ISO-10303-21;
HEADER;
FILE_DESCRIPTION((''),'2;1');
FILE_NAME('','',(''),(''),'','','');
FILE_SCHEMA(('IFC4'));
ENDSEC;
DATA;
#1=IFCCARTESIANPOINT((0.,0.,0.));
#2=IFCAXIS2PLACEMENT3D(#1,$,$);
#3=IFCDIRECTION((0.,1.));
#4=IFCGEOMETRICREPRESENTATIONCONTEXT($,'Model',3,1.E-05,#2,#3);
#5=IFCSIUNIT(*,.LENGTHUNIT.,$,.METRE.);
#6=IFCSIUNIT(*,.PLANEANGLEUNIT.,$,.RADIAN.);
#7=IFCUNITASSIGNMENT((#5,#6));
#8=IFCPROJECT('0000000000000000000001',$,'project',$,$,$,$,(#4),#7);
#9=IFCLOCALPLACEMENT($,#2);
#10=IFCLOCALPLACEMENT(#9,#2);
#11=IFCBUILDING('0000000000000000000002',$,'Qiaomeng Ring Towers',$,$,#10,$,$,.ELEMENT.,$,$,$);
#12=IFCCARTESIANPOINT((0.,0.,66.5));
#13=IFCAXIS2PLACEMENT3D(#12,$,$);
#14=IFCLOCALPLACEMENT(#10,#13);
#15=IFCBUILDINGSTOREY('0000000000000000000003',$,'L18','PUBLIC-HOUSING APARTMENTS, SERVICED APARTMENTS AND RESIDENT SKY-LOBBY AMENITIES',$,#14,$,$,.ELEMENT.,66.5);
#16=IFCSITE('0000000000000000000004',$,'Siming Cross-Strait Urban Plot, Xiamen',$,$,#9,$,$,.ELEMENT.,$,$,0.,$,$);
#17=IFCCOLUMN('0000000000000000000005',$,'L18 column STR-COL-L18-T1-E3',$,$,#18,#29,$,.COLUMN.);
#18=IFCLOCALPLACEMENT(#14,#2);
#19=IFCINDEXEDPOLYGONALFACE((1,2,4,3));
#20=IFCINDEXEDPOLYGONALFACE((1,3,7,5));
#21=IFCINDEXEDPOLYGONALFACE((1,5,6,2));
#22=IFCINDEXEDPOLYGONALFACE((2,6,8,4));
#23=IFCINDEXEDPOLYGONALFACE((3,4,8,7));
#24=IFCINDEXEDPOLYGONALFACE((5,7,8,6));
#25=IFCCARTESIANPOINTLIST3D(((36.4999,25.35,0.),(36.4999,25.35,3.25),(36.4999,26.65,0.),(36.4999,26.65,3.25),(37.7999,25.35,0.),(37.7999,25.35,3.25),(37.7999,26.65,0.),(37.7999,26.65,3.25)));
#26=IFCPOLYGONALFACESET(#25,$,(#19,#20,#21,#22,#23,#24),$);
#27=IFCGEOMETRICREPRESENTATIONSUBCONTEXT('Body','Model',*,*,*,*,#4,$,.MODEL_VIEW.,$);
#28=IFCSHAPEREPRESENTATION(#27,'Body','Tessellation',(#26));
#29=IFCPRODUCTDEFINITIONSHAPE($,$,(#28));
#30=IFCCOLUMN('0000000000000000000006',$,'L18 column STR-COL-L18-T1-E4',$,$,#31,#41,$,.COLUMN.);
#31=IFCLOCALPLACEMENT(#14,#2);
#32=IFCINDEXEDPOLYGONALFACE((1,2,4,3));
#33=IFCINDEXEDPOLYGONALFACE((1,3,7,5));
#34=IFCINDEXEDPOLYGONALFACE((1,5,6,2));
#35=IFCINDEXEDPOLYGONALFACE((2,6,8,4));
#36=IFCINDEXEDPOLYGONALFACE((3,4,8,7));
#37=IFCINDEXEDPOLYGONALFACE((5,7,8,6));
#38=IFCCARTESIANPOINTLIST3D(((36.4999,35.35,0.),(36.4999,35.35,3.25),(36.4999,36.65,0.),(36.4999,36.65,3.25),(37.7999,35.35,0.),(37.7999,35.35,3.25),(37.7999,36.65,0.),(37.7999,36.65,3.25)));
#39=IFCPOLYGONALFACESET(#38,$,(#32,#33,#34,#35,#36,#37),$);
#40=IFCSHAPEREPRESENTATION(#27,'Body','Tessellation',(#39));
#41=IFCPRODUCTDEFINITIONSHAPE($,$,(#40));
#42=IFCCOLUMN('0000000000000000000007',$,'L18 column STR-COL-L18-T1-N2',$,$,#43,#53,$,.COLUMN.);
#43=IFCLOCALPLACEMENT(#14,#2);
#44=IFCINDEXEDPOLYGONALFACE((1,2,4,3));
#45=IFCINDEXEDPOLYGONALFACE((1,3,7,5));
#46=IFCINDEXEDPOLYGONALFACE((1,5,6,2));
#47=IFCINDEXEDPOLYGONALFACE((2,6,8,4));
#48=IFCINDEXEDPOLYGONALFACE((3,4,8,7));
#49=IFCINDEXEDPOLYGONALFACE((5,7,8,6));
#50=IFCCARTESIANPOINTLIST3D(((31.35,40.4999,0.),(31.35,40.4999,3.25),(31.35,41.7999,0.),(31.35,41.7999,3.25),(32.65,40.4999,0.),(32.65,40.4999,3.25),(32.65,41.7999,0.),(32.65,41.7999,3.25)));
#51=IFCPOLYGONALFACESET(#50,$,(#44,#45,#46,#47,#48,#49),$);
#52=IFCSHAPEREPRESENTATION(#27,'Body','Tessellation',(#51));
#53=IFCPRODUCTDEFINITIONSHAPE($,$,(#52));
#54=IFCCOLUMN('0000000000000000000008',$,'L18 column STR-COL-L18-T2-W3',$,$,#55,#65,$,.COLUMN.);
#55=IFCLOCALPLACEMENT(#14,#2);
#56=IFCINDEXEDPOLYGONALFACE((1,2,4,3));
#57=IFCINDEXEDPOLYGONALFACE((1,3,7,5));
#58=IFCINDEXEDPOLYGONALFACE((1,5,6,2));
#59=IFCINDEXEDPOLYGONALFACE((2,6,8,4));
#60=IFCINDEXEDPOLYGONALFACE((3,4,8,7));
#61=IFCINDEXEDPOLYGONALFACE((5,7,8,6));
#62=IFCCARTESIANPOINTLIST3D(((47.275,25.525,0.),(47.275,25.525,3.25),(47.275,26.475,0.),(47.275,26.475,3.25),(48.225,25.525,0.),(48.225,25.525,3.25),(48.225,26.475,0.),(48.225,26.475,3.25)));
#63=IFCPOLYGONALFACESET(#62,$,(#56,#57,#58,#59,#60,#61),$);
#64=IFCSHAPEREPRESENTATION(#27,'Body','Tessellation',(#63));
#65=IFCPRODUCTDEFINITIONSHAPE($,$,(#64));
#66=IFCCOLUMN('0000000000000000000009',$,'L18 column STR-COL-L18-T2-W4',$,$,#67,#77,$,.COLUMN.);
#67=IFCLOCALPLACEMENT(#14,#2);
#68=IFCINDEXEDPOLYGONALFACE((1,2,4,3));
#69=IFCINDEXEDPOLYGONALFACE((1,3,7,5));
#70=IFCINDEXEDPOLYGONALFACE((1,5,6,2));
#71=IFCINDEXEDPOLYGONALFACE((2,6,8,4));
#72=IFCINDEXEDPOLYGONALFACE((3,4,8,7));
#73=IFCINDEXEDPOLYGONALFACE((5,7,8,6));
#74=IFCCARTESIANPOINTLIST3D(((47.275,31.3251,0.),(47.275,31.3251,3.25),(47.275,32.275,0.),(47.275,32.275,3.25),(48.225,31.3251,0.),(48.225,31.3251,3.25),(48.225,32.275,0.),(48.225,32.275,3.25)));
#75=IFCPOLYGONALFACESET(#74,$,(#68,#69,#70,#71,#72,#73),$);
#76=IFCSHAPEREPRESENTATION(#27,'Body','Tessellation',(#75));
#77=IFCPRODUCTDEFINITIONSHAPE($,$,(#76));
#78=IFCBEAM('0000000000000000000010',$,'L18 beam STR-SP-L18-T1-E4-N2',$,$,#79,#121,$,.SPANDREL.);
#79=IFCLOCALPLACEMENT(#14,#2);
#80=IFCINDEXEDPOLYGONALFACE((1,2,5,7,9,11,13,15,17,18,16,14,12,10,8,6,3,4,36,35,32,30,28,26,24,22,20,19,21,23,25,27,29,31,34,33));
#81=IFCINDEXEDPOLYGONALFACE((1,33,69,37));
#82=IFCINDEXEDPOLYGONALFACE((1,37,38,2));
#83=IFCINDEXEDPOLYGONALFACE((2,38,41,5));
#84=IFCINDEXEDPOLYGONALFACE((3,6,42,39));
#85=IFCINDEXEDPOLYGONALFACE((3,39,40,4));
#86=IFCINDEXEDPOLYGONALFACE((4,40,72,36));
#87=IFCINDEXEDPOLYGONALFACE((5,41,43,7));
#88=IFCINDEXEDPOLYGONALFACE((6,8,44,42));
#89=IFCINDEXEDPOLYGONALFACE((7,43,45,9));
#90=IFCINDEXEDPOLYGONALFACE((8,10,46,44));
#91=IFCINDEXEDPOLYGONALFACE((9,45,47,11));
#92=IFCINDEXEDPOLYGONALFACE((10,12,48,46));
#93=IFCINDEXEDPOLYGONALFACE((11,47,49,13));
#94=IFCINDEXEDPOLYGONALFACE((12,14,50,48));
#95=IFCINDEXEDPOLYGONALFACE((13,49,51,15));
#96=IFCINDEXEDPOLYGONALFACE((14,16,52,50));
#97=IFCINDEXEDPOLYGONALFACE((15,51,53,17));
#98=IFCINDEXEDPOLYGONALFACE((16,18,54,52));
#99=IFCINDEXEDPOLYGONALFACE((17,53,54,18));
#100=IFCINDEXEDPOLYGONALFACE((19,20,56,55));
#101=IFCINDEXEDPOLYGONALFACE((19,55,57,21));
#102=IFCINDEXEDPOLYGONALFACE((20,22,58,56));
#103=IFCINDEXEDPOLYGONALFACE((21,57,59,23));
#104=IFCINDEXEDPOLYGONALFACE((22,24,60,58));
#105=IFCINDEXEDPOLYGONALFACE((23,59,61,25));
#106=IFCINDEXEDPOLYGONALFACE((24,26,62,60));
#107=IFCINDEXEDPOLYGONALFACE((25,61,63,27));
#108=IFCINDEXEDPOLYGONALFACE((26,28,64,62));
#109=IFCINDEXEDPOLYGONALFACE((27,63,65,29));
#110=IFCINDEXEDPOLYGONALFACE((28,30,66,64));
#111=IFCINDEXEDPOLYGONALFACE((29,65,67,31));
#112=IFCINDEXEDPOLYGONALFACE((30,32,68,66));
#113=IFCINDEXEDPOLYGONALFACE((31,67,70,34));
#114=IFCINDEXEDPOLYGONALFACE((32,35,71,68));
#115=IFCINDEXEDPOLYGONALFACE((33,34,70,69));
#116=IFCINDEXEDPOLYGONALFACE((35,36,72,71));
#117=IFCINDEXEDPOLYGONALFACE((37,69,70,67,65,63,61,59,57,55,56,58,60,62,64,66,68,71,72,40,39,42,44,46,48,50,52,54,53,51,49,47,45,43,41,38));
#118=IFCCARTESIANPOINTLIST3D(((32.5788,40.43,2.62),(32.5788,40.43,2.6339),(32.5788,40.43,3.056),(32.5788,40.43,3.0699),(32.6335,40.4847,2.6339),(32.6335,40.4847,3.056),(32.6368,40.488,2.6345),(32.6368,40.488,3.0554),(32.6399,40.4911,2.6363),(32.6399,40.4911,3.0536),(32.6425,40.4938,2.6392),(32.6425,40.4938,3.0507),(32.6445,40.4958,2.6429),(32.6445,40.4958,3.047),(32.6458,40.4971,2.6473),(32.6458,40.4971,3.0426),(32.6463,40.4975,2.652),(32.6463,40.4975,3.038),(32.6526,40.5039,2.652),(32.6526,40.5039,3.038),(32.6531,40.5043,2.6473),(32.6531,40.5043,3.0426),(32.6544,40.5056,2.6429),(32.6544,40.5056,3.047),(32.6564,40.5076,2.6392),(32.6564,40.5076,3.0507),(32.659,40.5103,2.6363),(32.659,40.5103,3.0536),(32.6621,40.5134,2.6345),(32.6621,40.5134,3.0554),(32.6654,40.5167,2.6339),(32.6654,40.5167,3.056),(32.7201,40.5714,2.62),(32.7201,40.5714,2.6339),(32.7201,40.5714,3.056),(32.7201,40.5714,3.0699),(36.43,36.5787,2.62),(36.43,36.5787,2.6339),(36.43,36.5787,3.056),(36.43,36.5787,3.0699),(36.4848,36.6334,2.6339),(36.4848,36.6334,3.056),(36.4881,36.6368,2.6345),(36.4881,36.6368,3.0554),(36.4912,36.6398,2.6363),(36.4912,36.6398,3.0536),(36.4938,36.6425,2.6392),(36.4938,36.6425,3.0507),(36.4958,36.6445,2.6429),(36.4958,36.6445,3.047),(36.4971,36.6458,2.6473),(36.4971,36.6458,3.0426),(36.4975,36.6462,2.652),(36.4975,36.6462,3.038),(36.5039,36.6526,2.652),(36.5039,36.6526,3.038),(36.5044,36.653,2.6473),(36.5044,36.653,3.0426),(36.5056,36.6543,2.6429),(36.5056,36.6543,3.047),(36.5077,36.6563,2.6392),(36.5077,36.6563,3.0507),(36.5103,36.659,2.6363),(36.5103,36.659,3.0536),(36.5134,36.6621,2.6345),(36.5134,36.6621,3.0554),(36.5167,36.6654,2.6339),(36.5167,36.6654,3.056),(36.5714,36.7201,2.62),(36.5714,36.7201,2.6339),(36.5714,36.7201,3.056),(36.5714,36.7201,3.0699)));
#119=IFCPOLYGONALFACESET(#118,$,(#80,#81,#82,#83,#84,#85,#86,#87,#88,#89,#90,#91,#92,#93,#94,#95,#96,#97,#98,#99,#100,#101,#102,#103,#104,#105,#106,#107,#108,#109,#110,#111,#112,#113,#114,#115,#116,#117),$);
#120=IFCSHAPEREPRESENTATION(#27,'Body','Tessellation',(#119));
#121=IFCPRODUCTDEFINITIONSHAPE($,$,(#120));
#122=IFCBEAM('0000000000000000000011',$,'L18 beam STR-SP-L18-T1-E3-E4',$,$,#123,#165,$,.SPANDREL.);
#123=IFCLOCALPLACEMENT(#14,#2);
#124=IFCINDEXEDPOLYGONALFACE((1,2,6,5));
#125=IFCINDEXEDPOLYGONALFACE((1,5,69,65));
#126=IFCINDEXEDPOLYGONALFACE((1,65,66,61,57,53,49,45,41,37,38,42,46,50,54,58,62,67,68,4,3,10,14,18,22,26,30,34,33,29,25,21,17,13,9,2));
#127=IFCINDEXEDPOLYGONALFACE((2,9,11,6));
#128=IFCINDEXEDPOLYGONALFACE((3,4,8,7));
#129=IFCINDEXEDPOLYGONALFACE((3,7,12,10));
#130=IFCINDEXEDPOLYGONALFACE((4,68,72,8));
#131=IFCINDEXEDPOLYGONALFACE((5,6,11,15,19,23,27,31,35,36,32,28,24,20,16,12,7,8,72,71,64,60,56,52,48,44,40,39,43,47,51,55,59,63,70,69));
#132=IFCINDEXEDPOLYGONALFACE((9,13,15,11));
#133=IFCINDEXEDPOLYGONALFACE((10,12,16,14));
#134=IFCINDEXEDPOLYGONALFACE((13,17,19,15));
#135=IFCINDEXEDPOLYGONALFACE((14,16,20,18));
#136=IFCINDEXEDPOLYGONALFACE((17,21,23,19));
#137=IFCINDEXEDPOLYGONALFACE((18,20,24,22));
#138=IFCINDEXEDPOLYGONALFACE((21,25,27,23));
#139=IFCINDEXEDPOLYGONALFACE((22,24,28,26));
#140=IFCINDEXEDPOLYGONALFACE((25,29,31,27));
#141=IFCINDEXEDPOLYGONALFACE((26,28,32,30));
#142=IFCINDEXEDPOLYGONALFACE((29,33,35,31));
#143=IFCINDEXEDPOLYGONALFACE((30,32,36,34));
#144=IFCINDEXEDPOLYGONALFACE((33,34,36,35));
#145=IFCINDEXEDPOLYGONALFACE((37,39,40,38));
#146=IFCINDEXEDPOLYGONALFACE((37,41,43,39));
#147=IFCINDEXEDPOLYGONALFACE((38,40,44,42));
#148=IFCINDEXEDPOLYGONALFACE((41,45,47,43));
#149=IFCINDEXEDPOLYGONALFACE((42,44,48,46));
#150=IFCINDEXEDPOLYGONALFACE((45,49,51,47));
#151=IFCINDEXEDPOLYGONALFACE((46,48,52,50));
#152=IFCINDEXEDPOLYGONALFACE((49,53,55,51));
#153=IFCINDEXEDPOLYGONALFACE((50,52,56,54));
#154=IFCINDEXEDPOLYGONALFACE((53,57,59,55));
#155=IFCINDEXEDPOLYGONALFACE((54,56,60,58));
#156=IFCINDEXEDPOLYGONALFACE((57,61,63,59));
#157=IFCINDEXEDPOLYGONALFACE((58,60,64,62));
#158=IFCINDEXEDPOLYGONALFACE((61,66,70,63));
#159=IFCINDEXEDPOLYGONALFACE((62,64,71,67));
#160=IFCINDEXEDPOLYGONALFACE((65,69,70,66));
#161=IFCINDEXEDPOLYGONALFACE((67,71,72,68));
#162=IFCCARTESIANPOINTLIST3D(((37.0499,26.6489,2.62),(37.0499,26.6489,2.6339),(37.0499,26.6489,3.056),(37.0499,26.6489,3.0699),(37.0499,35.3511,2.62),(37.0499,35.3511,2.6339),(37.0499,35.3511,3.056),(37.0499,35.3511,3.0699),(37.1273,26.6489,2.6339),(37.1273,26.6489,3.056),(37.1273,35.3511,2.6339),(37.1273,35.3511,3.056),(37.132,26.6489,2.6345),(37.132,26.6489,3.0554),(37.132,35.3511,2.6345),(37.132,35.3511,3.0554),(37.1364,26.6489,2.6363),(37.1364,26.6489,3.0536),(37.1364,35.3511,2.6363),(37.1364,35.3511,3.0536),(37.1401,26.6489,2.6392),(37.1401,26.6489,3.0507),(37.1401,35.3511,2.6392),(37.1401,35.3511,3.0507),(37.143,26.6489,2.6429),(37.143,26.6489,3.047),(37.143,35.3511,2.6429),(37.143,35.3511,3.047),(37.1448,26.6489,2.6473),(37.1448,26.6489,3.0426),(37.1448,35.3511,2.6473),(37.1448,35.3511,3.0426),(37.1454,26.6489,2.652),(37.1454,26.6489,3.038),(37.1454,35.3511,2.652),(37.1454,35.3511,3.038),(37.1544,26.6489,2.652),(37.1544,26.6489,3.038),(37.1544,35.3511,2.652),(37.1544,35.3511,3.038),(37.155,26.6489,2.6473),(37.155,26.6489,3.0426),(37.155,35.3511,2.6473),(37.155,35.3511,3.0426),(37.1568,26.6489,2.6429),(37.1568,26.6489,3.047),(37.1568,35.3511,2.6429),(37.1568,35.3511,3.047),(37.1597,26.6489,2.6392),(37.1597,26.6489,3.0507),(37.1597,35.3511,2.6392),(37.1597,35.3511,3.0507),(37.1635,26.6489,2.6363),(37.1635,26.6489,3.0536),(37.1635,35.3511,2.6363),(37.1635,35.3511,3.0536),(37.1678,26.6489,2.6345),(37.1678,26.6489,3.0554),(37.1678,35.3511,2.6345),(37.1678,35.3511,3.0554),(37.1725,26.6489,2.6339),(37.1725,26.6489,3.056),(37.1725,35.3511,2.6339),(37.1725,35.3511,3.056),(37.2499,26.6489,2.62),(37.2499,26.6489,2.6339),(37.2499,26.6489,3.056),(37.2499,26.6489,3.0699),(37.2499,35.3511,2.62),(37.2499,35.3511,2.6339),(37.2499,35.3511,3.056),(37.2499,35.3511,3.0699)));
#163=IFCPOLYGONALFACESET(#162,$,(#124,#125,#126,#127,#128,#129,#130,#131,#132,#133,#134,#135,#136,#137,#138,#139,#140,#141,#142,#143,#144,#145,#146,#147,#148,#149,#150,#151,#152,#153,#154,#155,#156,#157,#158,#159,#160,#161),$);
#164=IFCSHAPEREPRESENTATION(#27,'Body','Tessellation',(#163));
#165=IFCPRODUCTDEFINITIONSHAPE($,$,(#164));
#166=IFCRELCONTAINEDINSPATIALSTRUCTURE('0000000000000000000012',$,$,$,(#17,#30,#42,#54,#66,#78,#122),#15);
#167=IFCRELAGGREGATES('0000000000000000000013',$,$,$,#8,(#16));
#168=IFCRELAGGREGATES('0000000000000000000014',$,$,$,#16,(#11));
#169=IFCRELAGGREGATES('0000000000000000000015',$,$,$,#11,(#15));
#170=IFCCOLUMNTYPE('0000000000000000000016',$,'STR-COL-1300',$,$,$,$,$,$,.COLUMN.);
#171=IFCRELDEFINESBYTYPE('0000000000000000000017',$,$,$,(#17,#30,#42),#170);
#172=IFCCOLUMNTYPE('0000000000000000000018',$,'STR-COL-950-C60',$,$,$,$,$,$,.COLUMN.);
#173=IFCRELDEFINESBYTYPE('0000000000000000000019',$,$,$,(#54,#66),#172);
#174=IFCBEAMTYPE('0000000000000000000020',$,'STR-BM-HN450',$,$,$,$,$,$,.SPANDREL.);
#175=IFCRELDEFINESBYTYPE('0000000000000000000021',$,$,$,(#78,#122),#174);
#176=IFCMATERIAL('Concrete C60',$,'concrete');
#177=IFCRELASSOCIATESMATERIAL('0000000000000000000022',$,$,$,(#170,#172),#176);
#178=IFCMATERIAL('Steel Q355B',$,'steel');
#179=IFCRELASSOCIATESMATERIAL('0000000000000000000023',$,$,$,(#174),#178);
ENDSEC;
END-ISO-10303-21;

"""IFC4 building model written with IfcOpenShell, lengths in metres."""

from ifc_helpers import new_model, si_unit, direction, frame, origin, origin_2d, place, context, subcontext, project, spatial, rectangle, i_section, extrude, source, transform, mapped, material, material_profile, profile_set, type_object, element, save


model = new_model("IFC4")

# Units and contexts
model_context = context("Model", 3, precision=1e-05, world=origin(), true_north=direction((0.0, 1.0)))
body_context = subcontext(model_context, "Body", "Model", "MODEL_VIEW")
ifc_project = project(units=[si_unit("LENGTHUNIT", "METRE"), si_unit("PLANEANGLEUNIT", "RADIAN")], contexts=[model_context])

# Site, building, storey
site_placement = place(None, origin())
site = spatial("IfcSite", under=ifc_project, at=site_placement, Name="Siming Cross-Strait Urban Plot, Xiamen", CompositionType="ELEMENT", RefElevation=0.0)
building_placement = place(site_placement, origin())
building = spatial("IfcBuilding", under=site, at=building_placement, Name="Qiaomeng Ring Towers", CompositionType="ELEMENT")
storey_placement = place(building_placement, frame((0.0, 0.0, 66.5)))
storey = spatial("IfcBuildingStorey", under=building, at=storey_placement, Name="L18", Description="PUBLIC-HOUSING APARTMENTS, SERVICED APARTMENTS AND RESIDENT SKY-LOBBY AMENITIES", CompositionType="ELEMENT", Elevation=66.5)

# Columns
ifc_material_1 = material(Name="Concrete C60", Category="concrete")
ifc_material_profile_1 = material_profile(ifc_material_1, rectangle(XDim=1.3, YDim=1.3, at=origin_2d()), Name="RC COL 1300x1300")
ifc_profile_set_1 = profile_set([ifc_material_profile_1], Name="Concrete C60")
column_type_1 = type_object("IfcColumnType", Name="STR-COL-1300", PredefinedType="COLUMN", material=ifc_profile_set_1)
shared_shape_1 = source(origin(), body_context, "Body", "SweptSolid", [
    extrude(rectangle(XDim=1.3, YDim=1.3, at=origin_2d()), origin(), (0.0, 0.0, 1.0), 3.25),
])
for number, where, z_axis, x_axis, name in (
    (1, (37.1499, 26.0, 0.0), (0.0, 0.0, 1.0), (1.0, 0.0, 0.0), "L18 column STR-COL-L18-T1-E3"),
    (2, (37.1499, 36.0, 0.0), (0.0, 0.0, 1.0), (1.0, 0.0, 0.0), "L18 column STR-COL-L18-T1-E4"),
    (3, (32.0, 41.1499, 0.0), (0.0, 0.0, 1.0), (1.0, 0.0, 0.0), "L18 column STR-COL-L18-T1-N2"),
):
    element("IfcColumn", number, at=place(storey_placement, frame(where, z_axis=z_axis, x_axis=x_axis)), inside=storey, type_object=column_type_1, Name=name, PredefinedType="COLUMN", context=body_context, shape_type="MappedRepresentation", body=[
        mapped(shared_shape_1, transform((0.0, 0.0, 0.0), x_axis=(1.0, 0.0, 0.0), y_axis=(0.0, 1.0, 0.0), z_axis=(0.0, 0.0, 1.0), scale=1.0)),
    ])
ifc_material_profile_2 = material_profile(ifc_material_1, rectangle(XDim=0.95, YDim=0.95, at=origin_2d()), Name="RC COL 950x950")
ifc_profile_set_2 = profile_set([ifc_material_profile_2], Name="Concrete C60")
column_type_2 = type_object("IfcColumnType", Name="STR-COL-950-C60", PredefinedType="COLUMN", material=ifc_profile_set_2)
shared_shape_2 = source(origin(), body_context, "Body", "SweptSolid", [
    extrude(rectangle(XDim=0.95, YDim=0.95, at=origin_2d()), origin(), (0.0, 0.0, 1.0), 3.25),
])
for number, where, z_axis, x_axis, name in (
    (4, (47.75, 26.0, 0.0), (0.0, 0.0, 1.0), (1.0, 0.0, 0.0), "L18 column STR-COL-L18-T2-W3"),
    (5, (47.75, 31.8, 0.0), (0.0, 0.0, 1.0), (1.0, 0.0, 0.0), "L18 column STR-COL-L18-T2-W4"),
):
    element("IfcColumn", number, at=place(storey_placement, frame(where, z_axis=z_axis, x_axis=x_axis)), inside=storey, type_object=column_type_2, Name=name, PredefinedType="COLUMN", context=body_context, shape_type="MappedRepresentation", body=[
        mapped(shared_shape_2, transform((0.0, 0.0, 0.0), x_axis=(1.0, 0.0, 0.0), y_axis=(0.0, 1.0, 0.0), z_axis=(0.0, 0.0, 1.0), scale=1.0)),
    ])

# Beams
ifc_material_2 = material(Name="Steel Q355B", Category="steel")
ifc_material_profile_3 = material_profile(ifc_material_2, i_section(OverallWidth=0.2, OverallDepth=0.45, WebThickness=0.009, FlangeThickness=0.0139, FilletRadius=0.0181, at=origin_2d()), Name="HN 450x200x9x14")
ifc_profile_set_3 = profile_set([ifc_material_profile_3], Name="Steel Q355B")
beam_type_1 = type_object("IfcBeamType", Name="STR-BM-HN450", PredefinedType="SPANDREL", material=ifc_profile_set_3)
shared_shape_3 = source(origin(), body_context, "Body", "SweptSolid", [
    extrude(i_section(OverallWidth=0.2, OverallDepth=0.45, WebThickness=0.009, FlangeThickness=0.0139, FilletRadius=0.0181, at=origin_2d()), origin(), (0.0, 0.0, 1.0), 5.4465),
])
beam_1_placement = place(storey_placement, frame((36.5007, 36.6494, 2.845), z_axis=(-0.707107, 0.707107, 0.0), x_axis=(-0.707107, -0.707107, 0.0)))
element("IfcBeam", 6, at=beam_1_placement, inside=storey, type_object=beam_type_1, Name="L18 beam STR-SP-L18-T1-E4-N2", PredefinedType="SPANDREL", context=body_context, shape_type="MappedRepresentation", body=[
    mapped(shared_shape_3, transform((0.0, 0.0, 0.0), x_axis=(1.0, 0.0, 0.0), y_axis=(0.0, 1.0, 0.0), z_axis=(0.0, 0.0, 1.0), scale=1.0)),
])
shared_shape_4 = source(origin(), body_context, "Body", "SweptSolid", [
    extrude(i_section(OverallWidth=0.2, OverallDepth=0.45, WebThickness=0.009, FlangeThickness=0.0139, FilletRadius=0.0181, at=origin_2d()), origin(), (0.0, 0.0, 1.0), 8.7021),
])
beam_2_placement = place(storey_placement, frame((37.1499, 26.6489, 2.845), z_axis=(0.0, 1.0, 0.0), x_axis=(-1.0, 0.0, 0.0)))
element("IfcBeam", 7, at=beam_2_placement, inside=storey, type_object=beam_type_1, Name="L18 beam STR-SP-L18-T1-E3-E4", PredefinedType="SPANDREL", context=body_context, shape_type="MappedRepresentation", body=[
    mapped(shared_shape_4, transform((0.0, 0.0, 0.0), x_axis=(1.0, 0.0, 0.0), y_axis=(0.0, 1.0, 0.0), z_axis=(0.0, 0.0, 1.0), scale=1.0)),
])

save(model, "model.ifc")
